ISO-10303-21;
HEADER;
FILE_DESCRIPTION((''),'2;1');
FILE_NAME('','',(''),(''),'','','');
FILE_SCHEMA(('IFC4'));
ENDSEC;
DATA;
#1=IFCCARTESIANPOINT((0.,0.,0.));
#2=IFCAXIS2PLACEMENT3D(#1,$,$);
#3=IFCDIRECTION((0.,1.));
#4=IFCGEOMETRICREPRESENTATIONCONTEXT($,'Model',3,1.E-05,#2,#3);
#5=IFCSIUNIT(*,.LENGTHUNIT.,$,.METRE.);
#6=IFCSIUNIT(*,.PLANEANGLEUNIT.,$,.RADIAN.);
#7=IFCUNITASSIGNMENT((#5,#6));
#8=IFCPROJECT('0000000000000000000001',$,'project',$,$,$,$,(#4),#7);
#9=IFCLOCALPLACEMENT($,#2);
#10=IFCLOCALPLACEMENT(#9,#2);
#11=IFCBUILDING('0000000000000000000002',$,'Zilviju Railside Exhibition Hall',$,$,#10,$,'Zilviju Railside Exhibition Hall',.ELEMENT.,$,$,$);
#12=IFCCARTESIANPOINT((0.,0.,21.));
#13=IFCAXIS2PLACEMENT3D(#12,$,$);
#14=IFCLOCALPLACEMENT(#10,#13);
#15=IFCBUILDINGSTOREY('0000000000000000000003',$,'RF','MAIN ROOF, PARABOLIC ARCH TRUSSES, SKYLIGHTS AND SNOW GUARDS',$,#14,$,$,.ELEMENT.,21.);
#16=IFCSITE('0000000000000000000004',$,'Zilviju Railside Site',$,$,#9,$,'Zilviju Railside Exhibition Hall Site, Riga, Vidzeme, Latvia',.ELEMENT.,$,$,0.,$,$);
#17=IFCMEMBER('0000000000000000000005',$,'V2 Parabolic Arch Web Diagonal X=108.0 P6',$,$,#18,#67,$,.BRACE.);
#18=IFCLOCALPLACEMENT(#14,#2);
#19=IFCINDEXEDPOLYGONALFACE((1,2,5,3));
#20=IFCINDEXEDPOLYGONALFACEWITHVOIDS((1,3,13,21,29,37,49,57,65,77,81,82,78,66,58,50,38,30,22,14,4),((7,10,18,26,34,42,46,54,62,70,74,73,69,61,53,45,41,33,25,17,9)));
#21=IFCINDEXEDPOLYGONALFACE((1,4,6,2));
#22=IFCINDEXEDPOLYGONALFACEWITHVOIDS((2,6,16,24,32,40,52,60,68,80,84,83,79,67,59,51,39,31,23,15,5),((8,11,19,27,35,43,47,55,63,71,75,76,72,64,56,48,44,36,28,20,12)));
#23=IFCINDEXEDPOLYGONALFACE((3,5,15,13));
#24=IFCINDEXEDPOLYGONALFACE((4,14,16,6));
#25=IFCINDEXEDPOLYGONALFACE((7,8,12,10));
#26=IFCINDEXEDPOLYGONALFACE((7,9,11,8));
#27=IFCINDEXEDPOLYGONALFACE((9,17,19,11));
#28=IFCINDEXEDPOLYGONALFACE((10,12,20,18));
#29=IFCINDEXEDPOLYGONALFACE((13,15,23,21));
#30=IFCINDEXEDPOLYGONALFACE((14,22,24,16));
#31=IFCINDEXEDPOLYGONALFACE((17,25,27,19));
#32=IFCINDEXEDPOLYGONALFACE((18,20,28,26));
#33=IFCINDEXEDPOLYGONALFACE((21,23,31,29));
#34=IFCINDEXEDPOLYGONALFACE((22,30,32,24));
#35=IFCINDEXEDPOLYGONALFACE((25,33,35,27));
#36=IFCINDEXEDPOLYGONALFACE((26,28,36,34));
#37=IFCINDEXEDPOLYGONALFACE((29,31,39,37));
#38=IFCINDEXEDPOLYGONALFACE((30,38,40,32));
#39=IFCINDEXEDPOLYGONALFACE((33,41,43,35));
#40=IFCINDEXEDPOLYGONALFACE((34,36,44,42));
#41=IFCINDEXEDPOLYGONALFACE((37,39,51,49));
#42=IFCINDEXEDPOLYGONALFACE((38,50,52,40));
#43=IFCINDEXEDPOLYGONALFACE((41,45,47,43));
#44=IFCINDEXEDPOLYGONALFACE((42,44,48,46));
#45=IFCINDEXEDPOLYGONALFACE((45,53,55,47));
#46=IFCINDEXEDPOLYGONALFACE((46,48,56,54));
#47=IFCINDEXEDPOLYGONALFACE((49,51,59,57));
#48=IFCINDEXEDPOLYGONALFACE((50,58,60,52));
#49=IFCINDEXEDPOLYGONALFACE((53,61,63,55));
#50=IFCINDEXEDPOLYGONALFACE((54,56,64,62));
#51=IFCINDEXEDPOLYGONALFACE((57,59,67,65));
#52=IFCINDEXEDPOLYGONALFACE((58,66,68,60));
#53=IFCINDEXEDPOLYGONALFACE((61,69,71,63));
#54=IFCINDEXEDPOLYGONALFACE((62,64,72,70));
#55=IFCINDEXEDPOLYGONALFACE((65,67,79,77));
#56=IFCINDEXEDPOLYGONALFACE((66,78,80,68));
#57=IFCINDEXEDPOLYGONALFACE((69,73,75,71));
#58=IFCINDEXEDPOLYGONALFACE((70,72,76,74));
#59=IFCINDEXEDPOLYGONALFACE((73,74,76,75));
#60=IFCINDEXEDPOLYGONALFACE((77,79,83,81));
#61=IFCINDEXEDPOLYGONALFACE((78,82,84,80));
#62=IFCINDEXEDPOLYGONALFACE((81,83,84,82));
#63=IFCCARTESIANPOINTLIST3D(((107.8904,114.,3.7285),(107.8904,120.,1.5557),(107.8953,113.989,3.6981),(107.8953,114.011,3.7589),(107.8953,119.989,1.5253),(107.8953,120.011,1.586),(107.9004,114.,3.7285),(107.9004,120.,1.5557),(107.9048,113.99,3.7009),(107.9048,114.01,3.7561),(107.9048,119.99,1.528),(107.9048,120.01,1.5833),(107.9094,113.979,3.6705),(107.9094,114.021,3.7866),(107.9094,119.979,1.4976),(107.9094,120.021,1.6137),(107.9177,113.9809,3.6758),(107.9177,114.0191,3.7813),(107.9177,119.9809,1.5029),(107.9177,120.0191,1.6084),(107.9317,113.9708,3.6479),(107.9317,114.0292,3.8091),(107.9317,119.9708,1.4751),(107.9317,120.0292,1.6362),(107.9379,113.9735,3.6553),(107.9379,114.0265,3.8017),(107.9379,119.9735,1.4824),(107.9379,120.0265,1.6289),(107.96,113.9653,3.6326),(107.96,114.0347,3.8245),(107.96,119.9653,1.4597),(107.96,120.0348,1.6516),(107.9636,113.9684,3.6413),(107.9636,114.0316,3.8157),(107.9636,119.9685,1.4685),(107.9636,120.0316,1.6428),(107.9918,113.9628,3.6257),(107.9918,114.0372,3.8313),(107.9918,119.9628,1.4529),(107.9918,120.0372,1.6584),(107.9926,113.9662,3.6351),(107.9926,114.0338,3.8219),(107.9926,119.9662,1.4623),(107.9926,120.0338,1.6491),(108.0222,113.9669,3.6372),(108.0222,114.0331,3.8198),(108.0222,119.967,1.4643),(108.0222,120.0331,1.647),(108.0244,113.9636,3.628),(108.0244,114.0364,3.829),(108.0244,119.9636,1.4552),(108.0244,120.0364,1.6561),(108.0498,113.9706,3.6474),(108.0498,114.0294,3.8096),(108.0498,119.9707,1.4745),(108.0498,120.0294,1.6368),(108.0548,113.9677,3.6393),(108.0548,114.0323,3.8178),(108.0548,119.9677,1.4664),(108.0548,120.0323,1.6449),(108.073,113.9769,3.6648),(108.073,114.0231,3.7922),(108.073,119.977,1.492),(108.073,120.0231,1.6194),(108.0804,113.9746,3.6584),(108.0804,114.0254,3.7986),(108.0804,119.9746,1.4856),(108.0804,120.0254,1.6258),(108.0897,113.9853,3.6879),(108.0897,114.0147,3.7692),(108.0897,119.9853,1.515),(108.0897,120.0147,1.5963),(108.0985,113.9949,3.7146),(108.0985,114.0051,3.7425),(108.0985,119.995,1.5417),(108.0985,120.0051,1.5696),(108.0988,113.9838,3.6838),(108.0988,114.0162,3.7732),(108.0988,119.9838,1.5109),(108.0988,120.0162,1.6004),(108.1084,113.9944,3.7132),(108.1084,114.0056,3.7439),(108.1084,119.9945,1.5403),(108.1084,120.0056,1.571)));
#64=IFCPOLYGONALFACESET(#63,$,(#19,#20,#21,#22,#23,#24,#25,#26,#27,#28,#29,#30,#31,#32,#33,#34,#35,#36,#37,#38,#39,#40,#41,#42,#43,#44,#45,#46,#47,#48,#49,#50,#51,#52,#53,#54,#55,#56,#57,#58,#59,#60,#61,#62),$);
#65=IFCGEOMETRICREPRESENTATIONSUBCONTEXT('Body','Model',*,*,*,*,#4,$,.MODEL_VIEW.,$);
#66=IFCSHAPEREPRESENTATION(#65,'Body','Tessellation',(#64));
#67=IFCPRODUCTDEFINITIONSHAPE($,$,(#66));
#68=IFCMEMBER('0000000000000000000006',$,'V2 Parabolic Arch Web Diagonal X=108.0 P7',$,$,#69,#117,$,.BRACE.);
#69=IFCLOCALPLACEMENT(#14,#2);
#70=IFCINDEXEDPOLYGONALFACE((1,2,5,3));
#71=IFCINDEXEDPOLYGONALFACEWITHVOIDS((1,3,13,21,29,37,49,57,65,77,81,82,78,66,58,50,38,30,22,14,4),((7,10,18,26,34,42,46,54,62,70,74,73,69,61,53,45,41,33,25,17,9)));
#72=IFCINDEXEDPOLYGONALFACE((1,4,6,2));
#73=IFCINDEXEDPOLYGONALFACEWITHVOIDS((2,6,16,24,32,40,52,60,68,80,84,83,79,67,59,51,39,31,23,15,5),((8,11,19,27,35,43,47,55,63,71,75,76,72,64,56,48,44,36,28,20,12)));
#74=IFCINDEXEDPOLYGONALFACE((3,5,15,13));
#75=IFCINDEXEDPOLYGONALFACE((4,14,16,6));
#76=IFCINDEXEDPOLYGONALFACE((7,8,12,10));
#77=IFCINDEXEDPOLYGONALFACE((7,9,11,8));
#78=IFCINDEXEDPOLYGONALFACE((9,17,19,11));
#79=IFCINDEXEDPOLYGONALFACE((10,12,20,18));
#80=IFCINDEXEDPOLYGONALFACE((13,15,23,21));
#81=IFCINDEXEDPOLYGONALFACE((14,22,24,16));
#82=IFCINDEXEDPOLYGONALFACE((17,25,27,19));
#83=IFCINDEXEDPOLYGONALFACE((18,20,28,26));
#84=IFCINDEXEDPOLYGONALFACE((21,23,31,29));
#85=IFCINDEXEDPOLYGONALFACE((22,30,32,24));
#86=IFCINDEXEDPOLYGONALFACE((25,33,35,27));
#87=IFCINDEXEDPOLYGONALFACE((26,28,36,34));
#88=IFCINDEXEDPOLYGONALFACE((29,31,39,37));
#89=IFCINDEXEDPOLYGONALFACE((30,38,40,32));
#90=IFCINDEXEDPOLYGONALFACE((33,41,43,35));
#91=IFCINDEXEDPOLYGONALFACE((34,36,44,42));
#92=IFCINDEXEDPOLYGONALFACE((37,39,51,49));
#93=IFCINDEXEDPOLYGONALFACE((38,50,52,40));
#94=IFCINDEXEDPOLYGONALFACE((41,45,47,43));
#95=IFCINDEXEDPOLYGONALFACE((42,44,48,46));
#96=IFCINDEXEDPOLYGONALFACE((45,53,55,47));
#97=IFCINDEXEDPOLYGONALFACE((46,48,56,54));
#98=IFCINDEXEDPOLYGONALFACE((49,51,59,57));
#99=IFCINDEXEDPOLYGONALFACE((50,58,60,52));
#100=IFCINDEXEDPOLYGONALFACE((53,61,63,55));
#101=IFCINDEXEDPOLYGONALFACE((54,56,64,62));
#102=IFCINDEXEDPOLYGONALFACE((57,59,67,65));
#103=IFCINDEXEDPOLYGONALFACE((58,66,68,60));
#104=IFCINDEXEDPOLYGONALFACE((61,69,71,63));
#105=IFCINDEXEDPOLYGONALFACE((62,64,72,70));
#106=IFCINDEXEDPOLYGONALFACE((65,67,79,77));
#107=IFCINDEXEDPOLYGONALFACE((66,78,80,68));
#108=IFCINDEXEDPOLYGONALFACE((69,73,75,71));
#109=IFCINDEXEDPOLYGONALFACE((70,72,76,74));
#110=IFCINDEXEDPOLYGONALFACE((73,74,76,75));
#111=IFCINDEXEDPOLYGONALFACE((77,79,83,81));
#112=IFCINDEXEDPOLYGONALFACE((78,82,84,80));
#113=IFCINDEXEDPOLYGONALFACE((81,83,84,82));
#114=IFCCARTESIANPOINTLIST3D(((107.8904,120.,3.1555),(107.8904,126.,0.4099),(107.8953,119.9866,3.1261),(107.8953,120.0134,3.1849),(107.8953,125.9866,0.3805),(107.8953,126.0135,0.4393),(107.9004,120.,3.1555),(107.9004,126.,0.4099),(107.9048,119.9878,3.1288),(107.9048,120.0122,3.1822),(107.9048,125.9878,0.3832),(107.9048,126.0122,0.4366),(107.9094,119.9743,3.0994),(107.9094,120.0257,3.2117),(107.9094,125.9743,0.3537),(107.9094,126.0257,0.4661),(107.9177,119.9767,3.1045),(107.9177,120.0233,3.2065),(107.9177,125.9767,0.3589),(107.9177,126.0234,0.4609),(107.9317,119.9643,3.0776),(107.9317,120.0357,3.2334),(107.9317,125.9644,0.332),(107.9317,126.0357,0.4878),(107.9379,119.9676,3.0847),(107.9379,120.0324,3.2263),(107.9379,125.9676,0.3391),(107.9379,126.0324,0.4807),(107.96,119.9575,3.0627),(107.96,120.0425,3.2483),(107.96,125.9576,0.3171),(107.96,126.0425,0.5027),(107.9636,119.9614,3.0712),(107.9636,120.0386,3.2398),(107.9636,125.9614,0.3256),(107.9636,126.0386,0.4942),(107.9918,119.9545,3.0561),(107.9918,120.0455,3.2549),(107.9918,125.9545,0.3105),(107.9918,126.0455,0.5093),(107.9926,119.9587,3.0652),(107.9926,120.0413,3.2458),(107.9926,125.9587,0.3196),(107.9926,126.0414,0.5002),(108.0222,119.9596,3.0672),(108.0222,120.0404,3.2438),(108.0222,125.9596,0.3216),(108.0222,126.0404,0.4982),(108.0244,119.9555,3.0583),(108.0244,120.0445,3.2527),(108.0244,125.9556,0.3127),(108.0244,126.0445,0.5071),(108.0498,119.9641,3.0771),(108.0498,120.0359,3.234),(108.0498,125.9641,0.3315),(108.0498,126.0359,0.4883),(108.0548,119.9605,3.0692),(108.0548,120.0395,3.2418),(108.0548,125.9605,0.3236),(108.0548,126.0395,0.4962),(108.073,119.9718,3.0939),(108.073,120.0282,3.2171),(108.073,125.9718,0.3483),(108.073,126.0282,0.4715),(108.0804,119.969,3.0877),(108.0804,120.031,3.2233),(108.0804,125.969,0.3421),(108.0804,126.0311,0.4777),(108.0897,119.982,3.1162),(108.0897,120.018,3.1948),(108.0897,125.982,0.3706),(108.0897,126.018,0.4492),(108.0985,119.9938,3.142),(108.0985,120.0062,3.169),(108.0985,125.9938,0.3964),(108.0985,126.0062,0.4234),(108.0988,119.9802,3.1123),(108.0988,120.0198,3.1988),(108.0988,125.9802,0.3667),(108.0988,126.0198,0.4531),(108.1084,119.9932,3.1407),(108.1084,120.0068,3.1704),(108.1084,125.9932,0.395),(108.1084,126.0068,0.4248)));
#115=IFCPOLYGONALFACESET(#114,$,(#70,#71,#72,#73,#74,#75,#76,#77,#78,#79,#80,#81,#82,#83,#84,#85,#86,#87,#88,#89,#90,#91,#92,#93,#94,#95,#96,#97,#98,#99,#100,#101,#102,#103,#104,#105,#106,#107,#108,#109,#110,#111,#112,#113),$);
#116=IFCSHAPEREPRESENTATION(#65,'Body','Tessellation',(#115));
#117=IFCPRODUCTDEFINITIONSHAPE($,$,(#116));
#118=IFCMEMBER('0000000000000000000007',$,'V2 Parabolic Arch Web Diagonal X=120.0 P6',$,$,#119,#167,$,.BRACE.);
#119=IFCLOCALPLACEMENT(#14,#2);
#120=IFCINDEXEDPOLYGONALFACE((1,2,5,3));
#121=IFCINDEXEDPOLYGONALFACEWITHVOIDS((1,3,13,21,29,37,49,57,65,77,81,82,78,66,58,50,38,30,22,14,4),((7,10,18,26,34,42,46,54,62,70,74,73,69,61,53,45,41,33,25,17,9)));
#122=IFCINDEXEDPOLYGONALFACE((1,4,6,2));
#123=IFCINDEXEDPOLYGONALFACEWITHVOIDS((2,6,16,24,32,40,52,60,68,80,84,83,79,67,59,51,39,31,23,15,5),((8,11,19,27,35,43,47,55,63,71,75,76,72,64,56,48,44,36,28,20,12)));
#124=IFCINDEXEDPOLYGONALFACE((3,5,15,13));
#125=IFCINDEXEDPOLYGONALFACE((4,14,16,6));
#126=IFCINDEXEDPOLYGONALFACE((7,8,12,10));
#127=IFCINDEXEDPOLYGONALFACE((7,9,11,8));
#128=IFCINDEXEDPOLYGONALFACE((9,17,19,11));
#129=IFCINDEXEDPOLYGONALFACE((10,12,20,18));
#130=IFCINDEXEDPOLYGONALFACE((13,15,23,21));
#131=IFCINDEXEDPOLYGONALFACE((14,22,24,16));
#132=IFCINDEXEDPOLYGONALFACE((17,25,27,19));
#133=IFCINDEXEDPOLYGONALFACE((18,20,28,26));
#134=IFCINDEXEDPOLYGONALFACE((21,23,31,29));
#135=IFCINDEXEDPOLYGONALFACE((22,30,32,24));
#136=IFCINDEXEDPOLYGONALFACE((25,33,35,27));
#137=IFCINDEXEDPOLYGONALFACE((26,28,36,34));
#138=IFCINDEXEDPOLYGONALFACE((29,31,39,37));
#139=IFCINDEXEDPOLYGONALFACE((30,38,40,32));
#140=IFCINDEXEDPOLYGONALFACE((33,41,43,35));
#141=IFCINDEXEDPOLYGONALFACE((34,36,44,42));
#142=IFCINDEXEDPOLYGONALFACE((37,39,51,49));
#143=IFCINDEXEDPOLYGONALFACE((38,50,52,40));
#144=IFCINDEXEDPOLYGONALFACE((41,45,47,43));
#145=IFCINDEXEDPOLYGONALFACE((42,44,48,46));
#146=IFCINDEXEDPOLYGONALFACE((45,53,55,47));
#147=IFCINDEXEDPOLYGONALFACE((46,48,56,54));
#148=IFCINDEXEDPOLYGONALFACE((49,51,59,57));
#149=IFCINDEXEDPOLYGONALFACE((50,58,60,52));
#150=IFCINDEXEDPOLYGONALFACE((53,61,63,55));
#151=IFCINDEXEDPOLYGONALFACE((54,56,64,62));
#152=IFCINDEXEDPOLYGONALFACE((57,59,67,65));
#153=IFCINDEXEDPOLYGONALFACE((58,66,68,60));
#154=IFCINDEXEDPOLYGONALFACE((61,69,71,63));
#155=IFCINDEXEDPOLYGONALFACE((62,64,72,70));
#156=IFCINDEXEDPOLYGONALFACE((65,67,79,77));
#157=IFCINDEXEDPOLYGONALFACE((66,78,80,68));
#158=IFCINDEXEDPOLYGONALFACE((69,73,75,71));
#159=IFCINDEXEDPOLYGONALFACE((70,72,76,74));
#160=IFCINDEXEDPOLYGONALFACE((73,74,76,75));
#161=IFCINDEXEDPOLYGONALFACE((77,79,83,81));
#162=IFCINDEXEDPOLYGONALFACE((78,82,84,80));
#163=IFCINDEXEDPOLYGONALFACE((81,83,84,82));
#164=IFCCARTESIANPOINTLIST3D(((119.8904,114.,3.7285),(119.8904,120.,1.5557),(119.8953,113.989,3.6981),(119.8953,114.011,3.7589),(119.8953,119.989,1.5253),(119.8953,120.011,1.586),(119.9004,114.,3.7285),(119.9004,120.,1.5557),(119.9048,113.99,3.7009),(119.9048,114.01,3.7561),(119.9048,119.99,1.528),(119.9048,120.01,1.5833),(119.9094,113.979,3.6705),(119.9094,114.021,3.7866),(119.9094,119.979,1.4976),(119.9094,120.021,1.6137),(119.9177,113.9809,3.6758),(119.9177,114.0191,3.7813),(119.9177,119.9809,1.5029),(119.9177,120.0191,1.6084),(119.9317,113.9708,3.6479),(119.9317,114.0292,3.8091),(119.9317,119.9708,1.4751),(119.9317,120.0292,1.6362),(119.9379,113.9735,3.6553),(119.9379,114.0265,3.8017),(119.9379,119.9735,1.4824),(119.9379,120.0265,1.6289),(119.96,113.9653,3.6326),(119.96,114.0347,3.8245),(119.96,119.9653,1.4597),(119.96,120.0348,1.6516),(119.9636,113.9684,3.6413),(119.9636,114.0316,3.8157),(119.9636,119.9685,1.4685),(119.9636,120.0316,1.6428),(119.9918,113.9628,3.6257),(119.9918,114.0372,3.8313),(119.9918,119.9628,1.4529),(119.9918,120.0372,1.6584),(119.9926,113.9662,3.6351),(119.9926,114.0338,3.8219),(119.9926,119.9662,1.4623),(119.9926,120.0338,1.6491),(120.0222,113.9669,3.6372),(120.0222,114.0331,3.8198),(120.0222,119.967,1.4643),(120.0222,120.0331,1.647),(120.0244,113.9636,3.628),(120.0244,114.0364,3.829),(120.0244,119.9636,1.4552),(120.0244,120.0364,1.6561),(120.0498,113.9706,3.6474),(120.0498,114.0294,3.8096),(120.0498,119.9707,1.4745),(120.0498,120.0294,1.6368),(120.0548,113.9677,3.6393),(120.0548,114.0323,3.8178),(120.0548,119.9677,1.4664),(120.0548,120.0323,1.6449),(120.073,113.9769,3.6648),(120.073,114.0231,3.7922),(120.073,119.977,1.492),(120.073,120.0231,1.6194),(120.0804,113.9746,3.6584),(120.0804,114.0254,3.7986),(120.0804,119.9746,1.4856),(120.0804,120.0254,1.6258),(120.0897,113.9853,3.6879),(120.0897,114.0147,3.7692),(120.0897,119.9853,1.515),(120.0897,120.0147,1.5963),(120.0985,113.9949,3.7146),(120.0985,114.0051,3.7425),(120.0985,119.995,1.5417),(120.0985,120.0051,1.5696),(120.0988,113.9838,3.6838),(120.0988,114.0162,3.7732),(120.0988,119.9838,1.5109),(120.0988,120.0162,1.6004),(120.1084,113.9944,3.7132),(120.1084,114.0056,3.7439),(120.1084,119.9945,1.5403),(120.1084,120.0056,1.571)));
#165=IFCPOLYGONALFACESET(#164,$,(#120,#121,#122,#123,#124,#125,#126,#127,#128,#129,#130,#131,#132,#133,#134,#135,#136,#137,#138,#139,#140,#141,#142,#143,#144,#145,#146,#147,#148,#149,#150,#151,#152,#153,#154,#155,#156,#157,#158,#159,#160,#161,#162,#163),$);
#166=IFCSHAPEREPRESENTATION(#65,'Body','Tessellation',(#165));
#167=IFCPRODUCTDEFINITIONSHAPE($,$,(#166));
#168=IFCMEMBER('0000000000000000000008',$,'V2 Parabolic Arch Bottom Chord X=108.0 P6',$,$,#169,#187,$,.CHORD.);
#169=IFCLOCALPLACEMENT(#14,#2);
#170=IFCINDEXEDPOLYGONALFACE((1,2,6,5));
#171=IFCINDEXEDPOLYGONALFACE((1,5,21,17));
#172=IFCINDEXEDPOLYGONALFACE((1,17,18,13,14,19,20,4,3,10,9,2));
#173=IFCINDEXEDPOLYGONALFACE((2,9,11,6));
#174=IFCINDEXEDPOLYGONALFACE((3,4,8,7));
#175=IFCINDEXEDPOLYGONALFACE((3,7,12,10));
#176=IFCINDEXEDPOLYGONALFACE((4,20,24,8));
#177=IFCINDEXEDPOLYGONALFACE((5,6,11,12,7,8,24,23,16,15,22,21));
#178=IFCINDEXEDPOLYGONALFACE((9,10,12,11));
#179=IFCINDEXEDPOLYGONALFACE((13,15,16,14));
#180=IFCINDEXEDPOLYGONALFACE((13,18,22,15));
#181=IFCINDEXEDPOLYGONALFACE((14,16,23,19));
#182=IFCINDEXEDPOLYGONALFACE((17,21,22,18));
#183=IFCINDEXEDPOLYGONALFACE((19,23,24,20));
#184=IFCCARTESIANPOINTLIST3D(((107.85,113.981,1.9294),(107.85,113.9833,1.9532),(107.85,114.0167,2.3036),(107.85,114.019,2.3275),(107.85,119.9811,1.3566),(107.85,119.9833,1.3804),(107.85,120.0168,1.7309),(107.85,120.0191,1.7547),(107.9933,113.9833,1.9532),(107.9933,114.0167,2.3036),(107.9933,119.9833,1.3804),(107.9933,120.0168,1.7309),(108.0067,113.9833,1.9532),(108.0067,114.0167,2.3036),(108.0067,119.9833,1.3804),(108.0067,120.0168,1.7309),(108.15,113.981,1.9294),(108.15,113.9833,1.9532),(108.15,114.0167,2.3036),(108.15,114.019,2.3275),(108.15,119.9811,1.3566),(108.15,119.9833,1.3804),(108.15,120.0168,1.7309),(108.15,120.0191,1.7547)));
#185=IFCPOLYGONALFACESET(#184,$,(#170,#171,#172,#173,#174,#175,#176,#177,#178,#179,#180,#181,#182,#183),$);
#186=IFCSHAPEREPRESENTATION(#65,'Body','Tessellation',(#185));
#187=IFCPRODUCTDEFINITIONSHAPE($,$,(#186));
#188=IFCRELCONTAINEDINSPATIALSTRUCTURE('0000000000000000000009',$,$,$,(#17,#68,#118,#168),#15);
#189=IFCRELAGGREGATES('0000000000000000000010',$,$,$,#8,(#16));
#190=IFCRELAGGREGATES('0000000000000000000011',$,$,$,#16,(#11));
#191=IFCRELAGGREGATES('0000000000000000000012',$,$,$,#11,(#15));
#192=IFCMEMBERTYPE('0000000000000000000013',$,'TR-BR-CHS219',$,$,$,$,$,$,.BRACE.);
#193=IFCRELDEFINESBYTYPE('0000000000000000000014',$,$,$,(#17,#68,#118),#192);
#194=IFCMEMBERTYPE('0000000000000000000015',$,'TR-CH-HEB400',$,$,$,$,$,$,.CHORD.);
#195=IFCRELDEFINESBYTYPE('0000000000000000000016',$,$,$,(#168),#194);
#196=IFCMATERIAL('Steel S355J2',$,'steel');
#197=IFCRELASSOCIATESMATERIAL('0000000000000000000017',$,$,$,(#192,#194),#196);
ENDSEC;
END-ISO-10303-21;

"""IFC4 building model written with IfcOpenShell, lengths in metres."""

from ifc_helpers import new_model, si_unit, direction, frame, origin, origin_2d, place, context, subcontext, project, spatial, hollow_circle, i_section, extrude, material, material_profile, profile_set, type_object, element, save


model = new_model("IFC4")

# Units and contexts
model_context = context("Model", 3, precision=1e-05, world=origin(), true_north=direction((0.0, 1.0)))
body_context = subcontext(model_context, "Body", "Model", "MODEL_VIEW")
ifc_project = project(units=[si_unit("LENGTHUNIT", "METRE"), si_unit("PLANEANGLEUNIT", "RADIAN")], contexts=[model_context])

# Site, building, storey
site_placement = place(None, origin())
site = spatial("IfcSite", under=ifc_project, at=site_placement, Name="Zilviju Railside Site", LongName="Zilviju Railside Exhibition Hall Site, Riga, Vidzeme, Latvia", CompositionType="ELEMENT", RefElevation=0.0)
building_placement = place(site_placement, origin())
building = spatial("IfcBuilding", under=site, at=building_placement, Name="Zilviju Railside Exhibition Hall", LongName="Zilviju Railside Exhibition Hall", CompositionType="ELEMENT")
storey_placement = place(building_placement, frame((0.0, 0.0, 21.0)))
storey = spatial("IfcBuildingStorey", under=building, at=storey_placement, Name="RF", Description="MAIN ROOF, PARABOLIC ARCH TRUSSES, SKYLIGHTS AND SNOW GUARDS", CompositionType="ELEMENT", Elevation=21.0)

# Members
ifc_material_1 = material(Name="Steel S355J2", Category="steel")
ifc_material_profile_1 = material_profile(ifc_material_1, hollow_circle(Radius=0.1096, WallThickness=0.01, at=origin_2d()), Name="CHS 219.1x10.0")
ifc_profile_set_1 = profile_set([ifc_material_profile_1], Name="Steel S355J2")
member_type_1 = type_object("IfcMemberType", Name="TR-BR-CHS219", PredefinedType="BRACE", material=ifc_profile_set_1)
member_1_placement = place(storey_placement, frame((108.0, 114.0, 3.7285), z_axis=(0.0, 0.940244, -0.340502), x_axis=(-1.0, 0.0, 0.0)))
element("IfcMember", 1, at=member_1_placement, inside=storey, type_object=member_type_1, Name="V2 Parabolic Arch Web Diagonal X=108.0 P6", PredefinedType="BRACE", context=body_context, shape_type="SweptSolid", body=[
    extrude(hollow_circle(Radius=0.1096, WallThickness=0.01, at=origin_2d()), origin(), (0.0, 0.0, 1.0), 6.3813),
])
member_2_placement = place(storey_placement, frame((108.0, 120.0, 3.1555), z_axis=(0.0, 0.909317, -0.416104), x_axis=(-1.0, 0.0, 0.0)))
element("IfcMember", 2, at=member_2_placement, inside=storey, type_object=member_type_1, Name="V2 Parabolic Arch Web Diagonal X=108.0 P7", PredefinedType="BRACE", context=body_context, shape_type="SweptSolid", body=[
    extrude(hollow_circle(Radius=0.1096, WallThickness=0.01, at=origin_2d()), origin(), (0.0, 0.0, 1.0), 6.5984),
])
member_3_placement = place(storey_placement, frame((120.0, 114.0, 3.7285), z_axis=(0.0, 0.940244, -0.340502), x_axis=(-1.0, 0.0, 0.0)))
element("IfcMember", 3, at=member_3_placement, inside=storey, type_object=member_type_1, Name="V2 Parabolic Arch Web Diagonal X=120.0 P6", PredefinedType="BRACE", context=body_context, shape_type="SweptSolid", body=[
    extrude(hollow_circle(Radius=0.1096, WallThickness=0.01, at=origin_2d()), origin(), (0.0, 0.0, 1.0), 6.3813),
])
ifc_material_profile_2 = material_profile(ifc_material_1, i_section(OverallWidth=0.3, OverallDepth=0.3999, WebThickness=0.0134, FlangeThickness=0.0239, at=origin_2d()), Name="HEB 400")
ifc_profile_set_2 = profile_set([ifc_material_profile_2], Name="Steel S355J2")
member_type_2 = type_object("IfcMemberType", Name="TR-CH-HEB400", PredefinedType="CHORD", material=ifc_profile_set_2)
member_4_placement = place(storey_placement, frame((108.0, 114.0, 2.1284), z_axis=(0.0, 0.995475, -0.095027), x_axis=(-1.0, 0.0, 0.0)))
element("IfcMember", 4, at=member_4_placement, inside=storey, type_object=member_type_2, Name="V2 Parabolic Arch Bottom Chord X=108.0 P6", PredefinedType="CHORD", context=body_context, shape_type="SweptSolid", body=[
    extrude(i_section(OverallWidth=0.3, OverallDepth=0.3999, WebThickness=0.0134, FlangeThickness=0.0239, at=origin_2d()), origin(), (0.0, 0.0, 1.0), 6.0273),
])

save(model, "model.ifc")
